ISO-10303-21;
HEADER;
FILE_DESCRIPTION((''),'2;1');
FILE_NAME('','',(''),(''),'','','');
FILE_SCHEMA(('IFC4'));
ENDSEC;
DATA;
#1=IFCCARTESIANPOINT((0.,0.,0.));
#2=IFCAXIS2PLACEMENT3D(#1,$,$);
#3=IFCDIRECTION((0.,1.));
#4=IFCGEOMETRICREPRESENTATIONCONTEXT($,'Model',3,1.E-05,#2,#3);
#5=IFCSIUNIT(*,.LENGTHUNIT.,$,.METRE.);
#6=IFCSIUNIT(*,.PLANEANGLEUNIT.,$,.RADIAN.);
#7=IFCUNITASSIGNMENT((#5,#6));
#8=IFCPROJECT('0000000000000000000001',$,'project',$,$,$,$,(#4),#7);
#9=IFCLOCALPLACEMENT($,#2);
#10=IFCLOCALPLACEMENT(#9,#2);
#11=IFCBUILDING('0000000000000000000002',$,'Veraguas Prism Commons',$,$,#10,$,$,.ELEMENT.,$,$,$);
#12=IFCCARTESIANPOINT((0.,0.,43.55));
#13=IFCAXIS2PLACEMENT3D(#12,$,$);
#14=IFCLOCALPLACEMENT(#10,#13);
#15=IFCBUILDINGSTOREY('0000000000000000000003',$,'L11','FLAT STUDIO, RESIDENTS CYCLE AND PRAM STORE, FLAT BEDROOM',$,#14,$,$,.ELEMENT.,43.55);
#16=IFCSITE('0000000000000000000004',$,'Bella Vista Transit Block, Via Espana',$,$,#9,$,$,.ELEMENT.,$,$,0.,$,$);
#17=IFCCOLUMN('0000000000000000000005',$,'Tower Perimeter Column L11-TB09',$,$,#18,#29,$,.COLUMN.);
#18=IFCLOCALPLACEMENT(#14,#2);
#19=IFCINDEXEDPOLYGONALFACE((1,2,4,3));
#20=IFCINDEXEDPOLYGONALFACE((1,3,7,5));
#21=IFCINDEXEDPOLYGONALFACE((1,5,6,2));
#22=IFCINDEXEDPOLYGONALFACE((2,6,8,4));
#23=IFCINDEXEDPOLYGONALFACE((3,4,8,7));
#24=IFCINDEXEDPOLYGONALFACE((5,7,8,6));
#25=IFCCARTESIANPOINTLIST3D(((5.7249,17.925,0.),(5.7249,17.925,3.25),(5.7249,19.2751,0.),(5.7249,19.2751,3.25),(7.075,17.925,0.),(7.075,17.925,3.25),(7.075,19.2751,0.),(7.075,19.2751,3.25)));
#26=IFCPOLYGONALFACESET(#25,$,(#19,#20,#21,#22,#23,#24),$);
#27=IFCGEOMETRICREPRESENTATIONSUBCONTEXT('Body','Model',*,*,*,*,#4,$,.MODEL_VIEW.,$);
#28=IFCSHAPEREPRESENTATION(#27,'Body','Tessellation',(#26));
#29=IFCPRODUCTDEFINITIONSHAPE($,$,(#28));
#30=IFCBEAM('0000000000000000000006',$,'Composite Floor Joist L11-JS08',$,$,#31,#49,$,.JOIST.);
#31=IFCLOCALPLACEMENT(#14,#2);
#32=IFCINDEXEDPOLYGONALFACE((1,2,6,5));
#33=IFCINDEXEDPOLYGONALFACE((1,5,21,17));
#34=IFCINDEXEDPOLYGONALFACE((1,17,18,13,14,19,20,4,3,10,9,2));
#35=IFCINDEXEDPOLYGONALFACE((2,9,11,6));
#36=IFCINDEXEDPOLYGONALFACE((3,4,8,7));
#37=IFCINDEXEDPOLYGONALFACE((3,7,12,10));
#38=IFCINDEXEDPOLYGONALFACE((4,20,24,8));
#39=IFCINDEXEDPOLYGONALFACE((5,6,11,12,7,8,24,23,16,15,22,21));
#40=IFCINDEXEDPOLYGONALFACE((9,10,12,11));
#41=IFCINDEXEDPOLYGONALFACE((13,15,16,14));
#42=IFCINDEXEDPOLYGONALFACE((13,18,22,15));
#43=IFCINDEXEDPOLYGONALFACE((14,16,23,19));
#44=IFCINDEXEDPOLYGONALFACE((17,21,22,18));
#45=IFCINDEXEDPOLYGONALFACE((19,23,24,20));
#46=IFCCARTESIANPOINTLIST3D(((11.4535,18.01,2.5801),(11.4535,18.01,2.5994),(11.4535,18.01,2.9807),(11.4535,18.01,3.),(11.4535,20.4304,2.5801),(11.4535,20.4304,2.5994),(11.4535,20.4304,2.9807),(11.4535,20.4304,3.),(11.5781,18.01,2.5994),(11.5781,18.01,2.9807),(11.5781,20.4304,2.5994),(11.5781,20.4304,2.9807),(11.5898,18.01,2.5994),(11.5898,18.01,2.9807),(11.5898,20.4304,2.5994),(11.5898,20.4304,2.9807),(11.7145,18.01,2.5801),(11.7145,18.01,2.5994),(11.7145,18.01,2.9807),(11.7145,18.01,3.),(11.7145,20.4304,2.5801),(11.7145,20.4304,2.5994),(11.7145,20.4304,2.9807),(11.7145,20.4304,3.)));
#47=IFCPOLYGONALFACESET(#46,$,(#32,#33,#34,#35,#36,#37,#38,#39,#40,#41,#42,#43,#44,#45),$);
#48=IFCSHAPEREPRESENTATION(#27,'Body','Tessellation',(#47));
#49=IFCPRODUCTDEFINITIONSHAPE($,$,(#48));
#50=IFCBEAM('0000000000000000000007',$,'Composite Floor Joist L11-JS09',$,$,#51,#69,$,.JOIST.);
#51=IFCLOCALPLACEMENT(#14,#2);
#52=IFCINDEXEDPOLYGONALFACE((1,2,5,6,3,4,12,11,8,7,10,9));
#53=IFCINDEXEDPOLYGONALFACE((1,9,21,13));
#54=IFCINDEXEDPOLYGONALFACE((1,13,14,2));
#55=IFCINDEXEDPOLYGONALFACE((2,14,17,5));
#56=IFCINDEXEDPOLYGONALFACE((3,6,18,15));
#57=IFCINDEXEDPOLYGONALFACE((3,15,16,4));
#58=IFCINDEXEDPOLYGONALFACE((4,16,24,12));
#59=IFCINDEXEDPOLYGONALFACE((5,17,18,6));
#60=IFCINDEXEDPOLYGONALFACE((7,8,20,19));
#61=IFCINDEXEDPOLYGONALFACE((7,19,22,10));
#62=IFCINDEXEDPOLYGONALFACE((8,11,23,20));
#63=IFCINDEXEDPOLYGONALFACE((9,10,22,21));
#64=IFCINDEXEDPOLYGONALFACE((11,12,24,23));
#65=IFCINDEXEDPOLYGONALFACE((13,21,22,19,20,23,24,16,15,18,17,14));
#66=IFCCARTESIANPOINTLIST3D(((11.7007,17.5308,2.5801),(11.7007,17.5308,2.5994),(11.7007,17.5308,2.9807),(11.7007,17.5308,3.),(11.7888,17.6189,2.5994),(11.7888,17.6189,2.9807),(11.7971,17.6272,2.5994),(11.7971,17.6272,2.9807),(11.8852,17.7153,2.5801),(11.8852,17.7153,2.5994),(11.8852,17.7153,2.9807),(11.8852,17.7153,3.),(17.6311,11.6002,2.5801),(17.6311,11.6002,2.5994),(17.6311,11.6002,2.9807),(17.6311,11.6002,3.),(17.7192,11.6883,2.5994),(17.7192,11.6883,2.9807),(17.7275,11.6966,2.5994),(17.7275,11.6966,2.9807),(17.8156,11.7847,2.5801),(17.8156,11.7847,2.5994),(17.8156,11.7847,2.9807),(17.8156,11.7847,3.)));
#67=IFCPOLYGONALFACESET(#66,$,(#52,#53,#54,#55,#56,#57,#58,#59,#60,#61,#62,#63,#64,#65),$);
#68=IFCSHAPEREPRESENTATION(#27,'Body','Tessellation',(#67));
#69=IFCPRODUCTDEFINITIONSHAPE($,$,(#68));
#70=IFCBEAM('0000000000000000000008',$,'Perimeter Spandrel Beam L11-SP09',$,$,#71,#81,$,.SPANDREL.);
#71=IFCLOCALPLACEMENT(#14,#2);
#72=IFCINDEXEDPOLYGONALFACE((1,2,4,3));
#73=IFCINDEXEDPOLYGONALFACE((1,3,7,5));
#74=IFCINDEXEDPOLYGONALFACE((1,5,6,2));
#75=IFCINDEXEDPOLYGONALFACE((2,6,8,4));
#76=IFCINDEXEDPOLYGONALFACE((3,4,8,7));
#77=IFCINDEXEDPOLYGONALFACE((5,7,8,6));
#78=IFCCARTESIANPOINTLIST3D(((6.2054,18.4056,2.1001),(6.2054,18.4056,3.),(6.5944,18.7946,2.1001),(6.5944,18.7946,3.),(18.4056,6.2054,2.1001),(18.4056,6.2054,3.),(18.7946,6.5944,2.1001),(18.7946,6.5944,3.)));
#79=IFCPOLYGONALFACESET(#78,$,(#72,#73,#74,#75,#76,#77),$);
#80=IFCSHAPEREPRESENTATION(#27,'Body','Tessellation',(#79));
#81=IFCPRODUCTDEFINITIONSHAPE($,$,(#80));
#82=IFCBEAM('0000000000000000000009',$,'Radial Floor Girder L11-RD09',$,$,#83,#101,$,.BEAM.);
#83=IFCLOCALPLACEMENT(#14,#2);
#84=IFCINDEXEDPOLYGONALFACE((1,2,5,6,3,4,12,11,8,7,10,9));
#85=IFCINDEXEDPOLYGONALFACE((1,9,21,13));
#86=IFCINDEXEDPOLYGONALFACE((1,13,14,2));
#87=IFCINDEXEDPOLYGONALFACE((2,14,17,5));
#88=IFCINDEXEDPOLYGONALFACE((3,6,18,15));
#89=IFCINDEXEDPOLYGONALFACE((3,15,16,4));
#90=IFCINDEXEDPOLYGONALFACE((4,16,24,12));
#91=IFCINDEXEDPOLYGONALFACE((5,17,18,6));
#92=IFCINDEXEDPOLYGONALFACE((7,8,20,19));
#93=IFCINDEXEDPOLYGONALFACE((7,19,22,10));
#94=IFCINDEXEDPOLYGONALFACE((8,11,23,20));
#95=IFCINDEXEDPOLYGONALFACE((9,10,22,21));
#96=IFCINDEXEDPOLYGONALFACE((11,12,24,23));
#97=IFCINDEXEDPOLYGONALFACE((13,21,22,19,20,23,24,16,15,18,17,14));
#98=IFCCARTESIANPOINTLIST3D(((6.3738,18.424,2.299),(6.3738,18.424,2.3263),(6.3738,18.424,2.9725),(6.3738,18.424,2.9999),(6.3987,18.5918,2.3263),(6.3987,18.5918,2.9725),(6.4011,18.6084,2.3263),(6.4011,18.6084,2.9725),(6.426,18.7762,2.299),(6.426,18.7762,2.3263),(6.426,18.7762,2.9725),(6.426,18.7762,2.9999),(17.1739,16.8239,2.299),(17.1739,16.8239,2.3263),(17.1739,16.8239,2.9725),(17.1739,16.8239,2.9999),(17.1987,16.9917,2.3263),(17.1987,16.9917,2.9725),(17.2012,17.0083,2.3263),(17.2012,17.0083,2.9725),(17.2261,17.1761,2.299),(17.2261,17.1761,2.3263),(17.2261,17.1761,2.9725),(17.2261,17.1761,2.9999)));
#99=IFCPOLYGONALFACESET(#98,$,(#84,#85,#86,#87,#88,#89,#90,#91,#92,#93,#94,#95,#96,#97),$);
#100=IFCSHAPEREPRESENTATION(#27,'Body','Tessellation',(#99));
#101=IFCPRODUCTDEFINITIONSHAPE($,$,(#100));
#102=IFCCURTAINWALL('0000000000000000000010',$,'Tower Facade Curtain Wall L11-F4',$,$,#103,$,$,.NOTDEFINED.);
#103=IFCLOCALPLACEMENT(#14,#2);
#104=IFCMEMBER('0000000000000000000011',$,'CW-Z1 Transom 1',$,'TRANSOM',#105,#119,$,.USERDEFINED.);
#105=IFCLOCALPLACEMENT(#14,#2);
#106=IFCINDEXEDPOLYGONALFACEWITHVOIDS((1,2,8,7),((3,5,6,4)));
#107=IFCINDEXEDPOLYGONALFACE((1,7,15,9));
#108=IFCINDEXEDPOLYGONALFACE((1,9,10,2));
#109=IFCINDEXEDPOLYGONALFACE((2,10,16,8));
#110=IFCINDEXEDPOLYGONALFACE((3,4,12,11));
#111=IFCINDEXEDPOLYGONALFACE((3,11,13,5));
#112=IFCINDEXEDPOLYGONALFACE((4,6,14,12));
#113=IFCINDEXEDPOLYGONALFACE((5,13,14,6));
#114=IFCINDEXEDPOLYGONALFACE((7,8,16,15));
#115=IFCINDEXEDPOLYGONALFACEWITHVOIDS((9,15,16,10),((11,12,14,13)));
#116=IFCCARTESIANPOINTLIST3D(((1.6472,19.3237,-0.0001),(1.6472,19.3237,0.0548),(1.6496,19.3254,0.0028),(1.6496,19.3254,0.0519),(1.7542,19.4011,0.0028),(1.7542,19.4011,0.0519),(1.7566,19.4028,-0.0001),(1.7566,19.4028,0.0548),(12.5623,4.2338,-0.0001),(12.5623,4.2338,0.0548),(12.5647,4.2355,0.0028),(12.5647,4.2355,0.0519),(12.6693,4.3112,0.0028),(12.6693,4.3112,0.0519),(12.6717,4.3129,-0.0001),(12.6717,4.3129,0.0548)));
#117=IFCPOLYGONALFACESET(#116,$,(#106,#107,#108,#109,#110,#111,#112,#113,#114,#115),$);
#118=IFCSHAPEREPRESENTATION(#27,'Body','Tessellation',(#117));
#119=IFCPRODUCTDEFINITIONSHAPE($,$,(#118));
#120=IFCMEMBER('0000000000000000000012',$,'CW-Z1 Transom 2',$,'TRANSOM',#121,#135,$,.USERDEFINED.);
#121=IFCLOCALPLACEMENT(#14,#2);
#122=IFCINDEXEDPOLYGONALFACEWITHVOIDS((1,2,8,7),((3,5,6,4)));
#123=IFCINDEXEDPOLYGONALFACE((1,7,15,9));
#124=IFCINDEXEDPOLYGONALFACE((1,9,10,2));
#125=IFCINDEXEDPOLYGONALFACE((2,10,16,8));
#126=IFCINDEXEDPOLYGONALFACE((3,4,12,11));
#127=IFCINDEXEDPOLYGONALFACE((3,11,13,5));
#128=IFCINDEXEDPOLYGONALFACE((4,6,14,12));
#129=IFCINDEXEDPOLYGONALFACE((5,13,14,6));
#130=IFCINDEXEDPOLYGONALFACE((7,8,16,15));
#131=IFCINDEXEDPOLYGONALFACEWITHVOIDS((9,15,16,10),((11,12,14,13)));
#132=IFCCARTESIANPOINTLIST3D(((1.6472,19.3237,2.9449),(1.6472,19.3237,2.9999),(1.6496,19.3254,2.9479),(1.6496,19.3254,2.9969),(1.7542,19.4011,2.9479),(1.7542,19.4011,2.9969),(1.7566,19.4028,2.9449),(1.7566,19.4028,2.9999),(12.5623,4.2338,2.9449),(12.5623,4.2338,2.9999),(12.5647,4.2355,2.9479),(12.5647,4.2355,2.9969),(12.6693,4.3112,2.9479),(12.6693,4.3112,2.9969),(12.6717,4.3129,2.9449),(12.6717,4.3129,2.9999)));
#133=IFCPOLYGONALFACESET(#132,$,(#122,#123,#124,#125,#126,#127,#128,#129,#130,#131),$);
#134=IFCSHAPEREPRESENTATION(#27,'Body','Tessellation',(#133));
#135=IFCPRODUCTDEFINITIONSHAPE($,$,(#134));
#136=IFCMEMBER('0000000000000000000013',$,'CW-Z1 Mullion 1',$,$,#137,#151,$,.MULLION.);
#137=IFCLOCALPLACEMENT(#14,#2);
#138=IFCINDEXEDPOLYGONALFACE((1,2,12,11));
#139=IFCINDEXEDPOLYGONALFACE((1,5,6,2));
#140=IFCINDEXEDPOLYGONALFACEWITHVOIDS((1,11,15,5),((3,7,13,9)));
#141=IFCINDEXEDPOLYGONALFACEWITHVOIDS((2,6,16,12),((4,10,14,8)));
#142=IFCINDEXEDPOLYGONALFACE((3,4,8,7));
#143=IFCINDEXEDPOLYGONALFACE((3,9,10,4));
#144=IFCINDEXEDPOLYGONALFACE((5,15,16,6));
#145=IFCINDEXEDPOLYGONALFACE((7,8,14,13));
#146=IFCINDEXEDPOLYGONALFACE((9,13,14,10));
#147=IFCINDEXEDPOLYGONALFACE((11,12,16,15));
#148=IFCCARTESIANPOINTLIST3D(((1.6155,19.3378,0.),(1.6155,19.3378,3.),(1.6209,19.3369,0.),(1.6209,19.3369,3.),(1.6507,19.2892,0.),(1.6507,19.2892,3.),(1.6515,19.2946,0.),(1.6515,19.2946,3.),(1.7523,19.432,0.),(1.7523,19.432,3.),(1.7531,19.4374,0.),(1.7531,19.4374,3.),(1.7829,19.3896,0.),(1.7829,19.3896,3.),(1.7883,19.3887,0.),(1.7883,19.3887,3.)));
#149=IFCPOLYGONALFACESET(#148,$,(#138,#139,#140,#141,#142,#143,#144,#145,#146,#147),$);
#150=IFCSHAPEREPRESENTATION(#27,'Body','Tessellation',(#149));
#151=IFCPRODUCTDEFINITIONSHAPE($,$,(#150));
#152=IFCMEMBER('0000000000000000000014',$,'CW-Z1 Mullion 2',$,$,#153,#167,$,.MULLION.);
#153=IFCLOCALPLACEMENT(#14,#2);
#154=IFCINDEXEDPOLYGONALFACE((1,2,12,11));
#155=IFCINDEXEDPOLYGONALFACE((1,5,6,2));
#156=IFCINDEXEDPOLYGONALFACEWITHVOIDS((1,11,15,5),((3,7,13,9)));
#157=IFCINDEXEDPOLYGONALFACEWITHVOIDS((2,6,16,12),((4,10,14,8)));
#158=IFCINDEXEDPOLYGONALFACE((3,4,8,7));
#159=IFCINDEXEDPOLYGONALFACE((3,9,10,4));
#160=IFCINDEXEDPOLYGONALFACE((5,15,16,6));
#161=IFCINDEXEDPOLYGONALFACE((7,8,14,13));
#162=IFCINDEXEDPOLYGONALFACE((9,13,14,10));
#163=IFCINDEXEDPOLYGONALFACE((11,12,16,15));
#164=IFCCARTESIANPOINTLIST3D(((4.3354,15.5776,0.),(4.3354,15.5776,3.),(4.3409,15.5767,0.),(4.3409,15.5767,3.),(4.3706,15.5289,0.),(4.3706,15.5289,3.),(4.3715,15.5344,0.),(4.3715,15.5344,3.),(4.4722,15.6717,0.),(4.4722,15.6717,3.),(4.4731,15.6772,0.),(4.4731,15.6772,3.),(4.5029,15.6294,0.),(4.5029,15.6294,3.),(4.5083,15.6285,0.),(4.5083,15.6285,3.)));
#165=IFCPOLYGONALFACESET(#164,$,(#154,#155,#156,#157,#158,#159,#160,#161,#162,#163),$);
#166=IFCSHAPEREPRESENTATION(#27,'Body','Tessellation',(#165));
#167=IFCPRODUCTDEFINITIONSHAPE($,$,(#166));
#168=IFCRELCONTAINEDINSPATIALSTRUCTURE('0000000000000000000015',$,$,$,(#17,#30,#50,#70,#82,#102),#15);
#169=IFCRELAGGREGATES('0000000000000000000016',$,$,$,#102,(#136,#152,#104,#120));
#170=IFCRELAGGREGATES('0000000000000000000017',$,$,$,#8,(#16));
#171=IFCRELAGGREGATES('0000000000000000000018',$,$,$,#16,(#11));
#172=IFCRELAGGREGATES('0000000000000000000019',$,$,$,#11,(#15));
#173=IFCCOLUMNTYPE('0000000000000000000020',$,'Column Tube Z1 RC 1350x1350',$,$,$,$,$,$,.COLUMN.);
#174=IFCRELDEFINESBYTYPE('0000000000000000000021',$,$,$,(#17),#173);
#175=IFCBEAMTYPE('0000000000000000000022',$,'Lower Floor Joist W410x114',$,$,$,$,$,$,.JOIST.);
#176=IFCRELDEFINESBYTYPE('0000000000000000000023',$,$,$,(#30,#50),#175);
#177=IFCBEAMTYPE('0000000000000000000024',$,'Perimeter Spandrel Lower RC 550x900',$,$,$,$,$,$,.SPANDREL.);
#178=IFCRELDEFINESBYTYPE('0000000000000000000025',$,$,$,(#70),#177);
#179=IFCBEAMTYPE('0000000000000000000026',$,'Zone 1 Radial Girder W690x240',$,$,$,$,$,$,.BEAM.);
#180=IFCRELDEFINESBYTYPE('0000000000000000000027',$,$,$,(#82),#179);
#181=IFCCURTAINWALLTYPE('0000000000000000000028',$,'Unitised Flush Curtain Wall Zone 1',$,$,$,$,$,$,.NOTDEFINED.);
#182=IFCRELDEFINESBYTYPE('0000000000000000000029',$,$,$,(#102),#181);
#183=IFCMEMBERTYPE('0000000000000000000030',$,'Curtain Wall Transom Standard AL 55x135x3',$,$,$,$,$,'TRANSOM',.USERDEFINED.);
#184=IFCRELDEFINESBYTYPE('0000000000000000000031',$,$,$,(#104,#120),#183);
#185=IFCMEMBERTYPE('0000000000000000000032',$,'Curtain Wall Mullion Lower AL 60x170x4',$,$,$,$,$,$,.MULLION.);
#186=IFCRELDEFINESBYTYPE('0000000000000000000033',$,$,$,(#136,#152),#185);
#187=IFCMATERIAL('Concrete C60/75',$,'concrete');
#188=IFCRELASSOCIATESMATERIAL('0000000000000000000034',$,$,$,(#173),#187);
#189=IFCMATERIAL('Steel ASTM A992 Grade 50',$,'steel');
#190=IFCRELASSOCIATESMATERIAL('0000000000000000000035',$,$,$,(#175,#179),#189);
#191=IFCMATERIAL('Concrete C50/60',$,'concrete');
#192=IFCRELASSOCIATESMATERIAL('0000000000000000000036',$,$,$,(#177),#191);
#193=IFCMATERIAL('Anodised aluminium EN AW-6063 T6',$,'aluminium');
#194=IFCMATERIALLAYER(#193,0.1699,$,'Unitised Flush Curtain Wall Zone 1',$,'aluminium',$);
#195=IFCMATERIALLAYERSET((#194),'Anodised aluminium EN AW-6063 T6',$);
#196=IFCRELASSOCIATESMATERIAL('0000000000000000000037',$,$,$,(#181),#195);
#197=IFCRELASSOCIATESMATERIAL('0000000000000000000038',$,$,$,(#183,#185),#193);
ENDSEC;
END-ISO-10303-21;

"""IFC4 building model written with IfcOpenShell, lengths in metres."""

from ifc_helpers import new_model, si_unit, direction, frame, origin, origin_2d, place, context, subcontext, project, spatial, rectangle, hollow_rectangle, i_section, extrude, source, transform, mapped, material, layer, layer_set, material_profile, profile_set, type_object, element, aggregate, save


model = new_model("IFC4")

# Units and contexts
model_context = context("Model", 3, precision=1e-05, world=origin(), true_north=direction((0.0, 1.0)))
body_context = subcontext(model_context, "Body", "Model", "MODEL_VIEW")
ifc_project = project(units=[si_unit("LENGTHUNIT", "METRE"), si_unit("PLANEANGLEUNIT", "RADIAN")], contexts=[model_context])

# Site, building, storey
site_placement = place(None, origin())
site = spatial("IfcSite", under=ifc_project, at=site_placement, Name="Bella Vista Transit Block, Via Espana", CompositionType="ELEMENT", RefElevation=0.0)
building_placement = place(site_placement, origin())
building = spatial("IfcBuilding", under=site, at=building_placement, Name="Veraguas Prism Commons", CompositionType="ELEMENT")
storey_placement = place(building_placement, frame((0.0, 0.0, 43.55)))
storey = spatial("IfcBuildingStorey", under=building, at=storey_placement, Name="L11", Description="FLAT STUDIO, RESIDENTS CYCLE AND PRAM STORE, FLAT BEDROOM", CompositionType="ELEMENT", Elevation=43.55)

# Column
ifc_material_1 = material(Name="Concrete C60/75", Category="concrete")
ifc_material_profile_1 = material_profile(ifc_material_1, rectangle(XDim=1.3501, YDim=1.3501, at=origin_2d()), Name="RC1350X1350")
ifc_profile_set_1 = profile_set([ifc_material_profile_1], Name="Concrete C60/75")
column_type = type_object("IfcColumnType", Name="Column Tube Z1 RC 1350x1350", PredefinedType="COLUMN", material=ifc_profile_set_1)
column_placement = place(storey_placement, frame((6.3999, 18.6001, 0.0), z_axis=(0.0, 0.0, 1.0), x_axis=(1.0, 0.0, 0.0)))
element("IfcColumn", 1, at=column_placement, inside=storey, type_object=column_type, Name="Tower Perimeter Column L11-TB09", PredefinedType="COLUMN", context=body_context, shape_type="SweptSolid", body=[
    extrude(rectangle(XDim=1.3501, YDim=1.3501, at=origin_2d()), origin(), (0.0, 0.0, 1.0), 3.25),
])

# Beams
ifc_material_2 = material(Name="Steel ASTM A992 Grade 50", Category="steel")
ifc_material_profile_2 = material_profile(ifc_material_2, i_section(OverallWidth=0.261, OverallDepth=0.4199, WebThickness=0.0117, FlangeThickness=0.0193, at=origin_2d()), Name="W410X114")
ifc_profile_set_2 = profile_set([ifc_material_profile_2], Name="Steel ASTM A992 Grade 50")
beam_type_1 = type_object("IfcBeamType", Name="Lower Floor Joist W410x114", PredefinedType="JOIST", material=ifc_profile_set_2)
beam_1_placement = place(storey_placement, frame((11.584, 20.4304, 2.79), z_axis=(0.0, -1.0, 0.0), x_axis=(1.0, 0.0, 0.0)))
element("IfcBeam", 2, at=beam_1_placement, inside=storey, type_object=beam_type_1, Name="Composite Floor Joist L11-JS08", PredefinedType="JOIST", context=body_context, shape_type="SweptSolid", body=[
    extrude(i_section(OverallWidth=0.261, OverallDepth=0.4199, WebThickness=0.0117, FlangeThickness=0.0193, at=origin_2d()), origin(), (0.0, 0.0, 1.0), 2.4204),
])
beam_2_placement = place(storey_placement, frame((11.793, 17.623, 2.79), z_axis=(0.707092, -0.707121, 0.0), x_axis=(0.707121, 0.707092, 0.0)))
element("IfcBeam", 3, at=beam_2_placement, inside=storey, type_object=beam_type_1, Name="Composite Floor Joist L11-JS09", PredefinedType="JOIST", context=body_context, shape_type="SweptSolid", body=[
    extrude(i_section(OverallWidth=0.261, OverallDepth=0.4199, WebThickness=0.0117, FlangeThickness=0.0193, at=origin_2d()), origin(), (0.0, 0.0, 1.0), 8.387),
])
ifc_material_3 = material(Name="Concrete C50/60", Category="concrete")
ifc_material_profile_3 = material_profile(ifc_material_3, rectangle(XDim=0.55, YDim=0.8999, at=origin_2d()), Name="RC550X900")
ifc_profile_set_3 = profile_set([ifc_material_profile_3], Name="Concrete C50/60")
beam_type_2 = type_object("IfcBeamType", Name="Perimeter Spandrel Lower RC 550x900", PredefinedType="SPANDREL", material=ifc_profile_set_3)
beam_3_placement = place(storey_placement, frame((6.3999, 18.6001, 2.55), z_axis=(0.707107, -0.707107, 0.0), x_axis=(0.707107, 0.707107, 0.0)))
element("IfcBeam", 4, at=beam_3_placement, inside=storey, type_object=beam_type_2, Name="Perimeter Spandrel Beam L11-SP09", PredefinedType="SPANDREL", context=body_context, shape_type="SweptSolid", body=[
    extrude(rectangle(XDim=0.55, YDim=0.8999, at=origin_2d()), origin(), (0.0, 0.0, 1.0), 17.2537),
])
ifc_material_profile_4 = material_profile(ifc_material_2, i_section(OverallWidth=0.356, OverallDepth=0.7009, WebThickness=0.0168, FlangeThickness=0.0273, at=origin_2d()), Name="W690X240")
ifc_profile_set_4 = profile_set([ifc_material_profile_4], Name="Steel ASTM A992 Grade 50")
beam_type_3 = type_object("IfcBeamType", Name="Zone 1 Radial Girder W690x240", PredefinedType="BEAM", material=ifc_profile_set_4)
beam_4_placement = place(storey_placement, frame((6.3999, 18.6001, 2.6494), z_axis=(0.989202, -0.146557, 0.0), x_axis=(0.146557, 0.989202, 0.0)))
element("IfcBeam", 5, at=beam_4_placement, inside=storey, type_object=beam_type_3, Name="Radial Floor Girder L11-RD09", PredefinedType="BEAM", context=body_context, shape_type="SweptSolid", body=[
    extrude(i_section(OverallWidth=0.356, OverallDepth=0.7009, WebThickness=0.0168, FlangeThickness=0.0273, at=origin_2d()), origin(), (0.0, 0.0, 1.0), 10.918),
])

# Curtain wall, members
ifc_material_4 = material(Name="Anodised aluminium EN AW-6063 T6", Category="aluminium")
ifc_layer_1 = layer(ifc_material_4, 0.1699, Name="Unitised Flush Curtain Wall Zone 1", Category="aluminium")
ifc_layer_set_1 = layer_set([ifc_layer_1], Name="Anodised aluminium EN AW-6063 T6")
curtain_wall_type = type_object("IfcCurtainWallType", Name="Unitised Flush Curtain Wall Zone 1", PredefinedType="NOTDEFINED", material=ifc_layer_set_1)
curtain_wall_1_placement = place(storey_placement, origin())
curtain_wall_1 = element("IfcCurtainWall", 6, at=curtain_wall_1_placement, inside=storey, type_object=curtain_wall_type, Name="Tower Facade Curtain Wall L11-F4", PredefinedType="NOTDEFINED")
ifc_material_profile_5 = material_profile(ifc_material_4, hollow_rectangle(XDim=0.0549, YDim=0.135, WallThickness=0.0029, at=origin_2d()), Name="AL55X135X3")
ifc_profile_set_5 = profile_set([ifc_material_profile_5], Name="Anodised aluminium EN AW-6063 T6")
member_type_1 = type_object("IfcMemberType", Name="Curtain Wall Transom Standard AL 55x135x3", ElementType="TRANSOM", PredefinedType="USERDEFINED", material=ifc_profile_set_5)
shared_shape_1 = source(origin(), body_context, "Body", "SweptSolid", [
    extrude(hollow_rectangle(XDim=0.0549, YDim=0.135, WallThickness=0.0029, at=origin_2d()), origin(), (0.0, 0.0, 1.0), 18.6238),
])
member_1_placement = place(storey_placement, frame((1.7019, 19.3633, 0.0273), z_axis=(0.586084, -0.81025, 0.0), x_axis=(0.0, 0.0, 1.0)))
member_1 = element("IfcMember", 7, at=member_1_placement, type_object=member_type_1, Name="CW-Z1 Transom 1", ObjectType="TRANSOM", PredefinedType="USERDEFINED", context=body_context, shape_type="MappedRepresentation", body=[
    mapped(shared_shape_1, transform((0.0, 0.0, 0.0), scale=1.0)),
])
member_2_placement = place(storey_placement, frame((1.7019, 19.3633, 2.9724), z_axis=(0.586084, -0.81025, 0.0), x_axis=(0.0, 0.0, 1.0)))
member_2 = element("IfcMember", 8, at=member_2_placement, type_object=member_type_1, Name="CW-Z1 Transom 2", ObjectType="TRANSOM", PredefinedType="USERDEFINED", context=body_context, shape_type="MappedRepresentation", body=[
    mapped(shared_shape_1, transform((0.0, 0.0, 0.0), scale=1.0)),
])
ifc_material_profile_6 = material_profile(ifc_material_4, hollow_rectangle(XDim=0.0601, YDim=0.1699, WallThickness=0.0039, at=origin_2d()), Name="AL60X170X4")
ifc_profile_set_6 = profile_set([ifc_material_profile_6], Name="Anodised aluminium EN AW-6063 T6")
member_type_2 = type_object("IfcMemberType", Name="Curtain Wall Mullion Lower AL 60x170x4", PredefinedType="MULLION", material=ifc_profile_set_6)
shared_shape_2 = source(origin(), body_context, "Body", "SweptSolid", [
    extrude(hollow_rectangle(XDim=0.0601, YDim=0.1699, WallThickness=0.0039, at=origin_2d()), origin(), (0.0, 0.0, 1.0), 3.0),
])
member_3_placement = place(storey_placement, frame((1.7019, 19.3633, 0.0), z_axis=(0.0, 0.0, 1.0), x_axis=(0.586087, -0.810248, 0.0)))
member_3 = element("IfcMember", 9, at=member_3_placement, type_object=member_type_2, Name="CW-Z1 Mullion 1", PredefinedType="MULLION", context=body_context, shape_type="MappedRepresentation", body=[
    mapped(shared_shape_2, transform((0.0, 0.0, 0.0), scale=1.0)),
])
member_4_placement = place(storey_placement, frame((4.4219, 15.603, 0.0), z_axis=(0.0, 0.0, 1.0), x_axis=(0.586087, -0.810248, 0.0)))
member_4 = element("IfcMember", 10, at=member_4_placement, type_object=member_type_2, Name="CW-Z1 Mullion 2", PredefinedType="MULLION", context=body_context, shape_type="MappedRepresentation", body=[
    mapped(shared_shape_2, transform((0.0, 0.0, 0.0), scale=1.0)),
])

aggregate(curtain_wall_1, [member_3, member_4, member_1, member_2])

save(model, "model.ifc")
